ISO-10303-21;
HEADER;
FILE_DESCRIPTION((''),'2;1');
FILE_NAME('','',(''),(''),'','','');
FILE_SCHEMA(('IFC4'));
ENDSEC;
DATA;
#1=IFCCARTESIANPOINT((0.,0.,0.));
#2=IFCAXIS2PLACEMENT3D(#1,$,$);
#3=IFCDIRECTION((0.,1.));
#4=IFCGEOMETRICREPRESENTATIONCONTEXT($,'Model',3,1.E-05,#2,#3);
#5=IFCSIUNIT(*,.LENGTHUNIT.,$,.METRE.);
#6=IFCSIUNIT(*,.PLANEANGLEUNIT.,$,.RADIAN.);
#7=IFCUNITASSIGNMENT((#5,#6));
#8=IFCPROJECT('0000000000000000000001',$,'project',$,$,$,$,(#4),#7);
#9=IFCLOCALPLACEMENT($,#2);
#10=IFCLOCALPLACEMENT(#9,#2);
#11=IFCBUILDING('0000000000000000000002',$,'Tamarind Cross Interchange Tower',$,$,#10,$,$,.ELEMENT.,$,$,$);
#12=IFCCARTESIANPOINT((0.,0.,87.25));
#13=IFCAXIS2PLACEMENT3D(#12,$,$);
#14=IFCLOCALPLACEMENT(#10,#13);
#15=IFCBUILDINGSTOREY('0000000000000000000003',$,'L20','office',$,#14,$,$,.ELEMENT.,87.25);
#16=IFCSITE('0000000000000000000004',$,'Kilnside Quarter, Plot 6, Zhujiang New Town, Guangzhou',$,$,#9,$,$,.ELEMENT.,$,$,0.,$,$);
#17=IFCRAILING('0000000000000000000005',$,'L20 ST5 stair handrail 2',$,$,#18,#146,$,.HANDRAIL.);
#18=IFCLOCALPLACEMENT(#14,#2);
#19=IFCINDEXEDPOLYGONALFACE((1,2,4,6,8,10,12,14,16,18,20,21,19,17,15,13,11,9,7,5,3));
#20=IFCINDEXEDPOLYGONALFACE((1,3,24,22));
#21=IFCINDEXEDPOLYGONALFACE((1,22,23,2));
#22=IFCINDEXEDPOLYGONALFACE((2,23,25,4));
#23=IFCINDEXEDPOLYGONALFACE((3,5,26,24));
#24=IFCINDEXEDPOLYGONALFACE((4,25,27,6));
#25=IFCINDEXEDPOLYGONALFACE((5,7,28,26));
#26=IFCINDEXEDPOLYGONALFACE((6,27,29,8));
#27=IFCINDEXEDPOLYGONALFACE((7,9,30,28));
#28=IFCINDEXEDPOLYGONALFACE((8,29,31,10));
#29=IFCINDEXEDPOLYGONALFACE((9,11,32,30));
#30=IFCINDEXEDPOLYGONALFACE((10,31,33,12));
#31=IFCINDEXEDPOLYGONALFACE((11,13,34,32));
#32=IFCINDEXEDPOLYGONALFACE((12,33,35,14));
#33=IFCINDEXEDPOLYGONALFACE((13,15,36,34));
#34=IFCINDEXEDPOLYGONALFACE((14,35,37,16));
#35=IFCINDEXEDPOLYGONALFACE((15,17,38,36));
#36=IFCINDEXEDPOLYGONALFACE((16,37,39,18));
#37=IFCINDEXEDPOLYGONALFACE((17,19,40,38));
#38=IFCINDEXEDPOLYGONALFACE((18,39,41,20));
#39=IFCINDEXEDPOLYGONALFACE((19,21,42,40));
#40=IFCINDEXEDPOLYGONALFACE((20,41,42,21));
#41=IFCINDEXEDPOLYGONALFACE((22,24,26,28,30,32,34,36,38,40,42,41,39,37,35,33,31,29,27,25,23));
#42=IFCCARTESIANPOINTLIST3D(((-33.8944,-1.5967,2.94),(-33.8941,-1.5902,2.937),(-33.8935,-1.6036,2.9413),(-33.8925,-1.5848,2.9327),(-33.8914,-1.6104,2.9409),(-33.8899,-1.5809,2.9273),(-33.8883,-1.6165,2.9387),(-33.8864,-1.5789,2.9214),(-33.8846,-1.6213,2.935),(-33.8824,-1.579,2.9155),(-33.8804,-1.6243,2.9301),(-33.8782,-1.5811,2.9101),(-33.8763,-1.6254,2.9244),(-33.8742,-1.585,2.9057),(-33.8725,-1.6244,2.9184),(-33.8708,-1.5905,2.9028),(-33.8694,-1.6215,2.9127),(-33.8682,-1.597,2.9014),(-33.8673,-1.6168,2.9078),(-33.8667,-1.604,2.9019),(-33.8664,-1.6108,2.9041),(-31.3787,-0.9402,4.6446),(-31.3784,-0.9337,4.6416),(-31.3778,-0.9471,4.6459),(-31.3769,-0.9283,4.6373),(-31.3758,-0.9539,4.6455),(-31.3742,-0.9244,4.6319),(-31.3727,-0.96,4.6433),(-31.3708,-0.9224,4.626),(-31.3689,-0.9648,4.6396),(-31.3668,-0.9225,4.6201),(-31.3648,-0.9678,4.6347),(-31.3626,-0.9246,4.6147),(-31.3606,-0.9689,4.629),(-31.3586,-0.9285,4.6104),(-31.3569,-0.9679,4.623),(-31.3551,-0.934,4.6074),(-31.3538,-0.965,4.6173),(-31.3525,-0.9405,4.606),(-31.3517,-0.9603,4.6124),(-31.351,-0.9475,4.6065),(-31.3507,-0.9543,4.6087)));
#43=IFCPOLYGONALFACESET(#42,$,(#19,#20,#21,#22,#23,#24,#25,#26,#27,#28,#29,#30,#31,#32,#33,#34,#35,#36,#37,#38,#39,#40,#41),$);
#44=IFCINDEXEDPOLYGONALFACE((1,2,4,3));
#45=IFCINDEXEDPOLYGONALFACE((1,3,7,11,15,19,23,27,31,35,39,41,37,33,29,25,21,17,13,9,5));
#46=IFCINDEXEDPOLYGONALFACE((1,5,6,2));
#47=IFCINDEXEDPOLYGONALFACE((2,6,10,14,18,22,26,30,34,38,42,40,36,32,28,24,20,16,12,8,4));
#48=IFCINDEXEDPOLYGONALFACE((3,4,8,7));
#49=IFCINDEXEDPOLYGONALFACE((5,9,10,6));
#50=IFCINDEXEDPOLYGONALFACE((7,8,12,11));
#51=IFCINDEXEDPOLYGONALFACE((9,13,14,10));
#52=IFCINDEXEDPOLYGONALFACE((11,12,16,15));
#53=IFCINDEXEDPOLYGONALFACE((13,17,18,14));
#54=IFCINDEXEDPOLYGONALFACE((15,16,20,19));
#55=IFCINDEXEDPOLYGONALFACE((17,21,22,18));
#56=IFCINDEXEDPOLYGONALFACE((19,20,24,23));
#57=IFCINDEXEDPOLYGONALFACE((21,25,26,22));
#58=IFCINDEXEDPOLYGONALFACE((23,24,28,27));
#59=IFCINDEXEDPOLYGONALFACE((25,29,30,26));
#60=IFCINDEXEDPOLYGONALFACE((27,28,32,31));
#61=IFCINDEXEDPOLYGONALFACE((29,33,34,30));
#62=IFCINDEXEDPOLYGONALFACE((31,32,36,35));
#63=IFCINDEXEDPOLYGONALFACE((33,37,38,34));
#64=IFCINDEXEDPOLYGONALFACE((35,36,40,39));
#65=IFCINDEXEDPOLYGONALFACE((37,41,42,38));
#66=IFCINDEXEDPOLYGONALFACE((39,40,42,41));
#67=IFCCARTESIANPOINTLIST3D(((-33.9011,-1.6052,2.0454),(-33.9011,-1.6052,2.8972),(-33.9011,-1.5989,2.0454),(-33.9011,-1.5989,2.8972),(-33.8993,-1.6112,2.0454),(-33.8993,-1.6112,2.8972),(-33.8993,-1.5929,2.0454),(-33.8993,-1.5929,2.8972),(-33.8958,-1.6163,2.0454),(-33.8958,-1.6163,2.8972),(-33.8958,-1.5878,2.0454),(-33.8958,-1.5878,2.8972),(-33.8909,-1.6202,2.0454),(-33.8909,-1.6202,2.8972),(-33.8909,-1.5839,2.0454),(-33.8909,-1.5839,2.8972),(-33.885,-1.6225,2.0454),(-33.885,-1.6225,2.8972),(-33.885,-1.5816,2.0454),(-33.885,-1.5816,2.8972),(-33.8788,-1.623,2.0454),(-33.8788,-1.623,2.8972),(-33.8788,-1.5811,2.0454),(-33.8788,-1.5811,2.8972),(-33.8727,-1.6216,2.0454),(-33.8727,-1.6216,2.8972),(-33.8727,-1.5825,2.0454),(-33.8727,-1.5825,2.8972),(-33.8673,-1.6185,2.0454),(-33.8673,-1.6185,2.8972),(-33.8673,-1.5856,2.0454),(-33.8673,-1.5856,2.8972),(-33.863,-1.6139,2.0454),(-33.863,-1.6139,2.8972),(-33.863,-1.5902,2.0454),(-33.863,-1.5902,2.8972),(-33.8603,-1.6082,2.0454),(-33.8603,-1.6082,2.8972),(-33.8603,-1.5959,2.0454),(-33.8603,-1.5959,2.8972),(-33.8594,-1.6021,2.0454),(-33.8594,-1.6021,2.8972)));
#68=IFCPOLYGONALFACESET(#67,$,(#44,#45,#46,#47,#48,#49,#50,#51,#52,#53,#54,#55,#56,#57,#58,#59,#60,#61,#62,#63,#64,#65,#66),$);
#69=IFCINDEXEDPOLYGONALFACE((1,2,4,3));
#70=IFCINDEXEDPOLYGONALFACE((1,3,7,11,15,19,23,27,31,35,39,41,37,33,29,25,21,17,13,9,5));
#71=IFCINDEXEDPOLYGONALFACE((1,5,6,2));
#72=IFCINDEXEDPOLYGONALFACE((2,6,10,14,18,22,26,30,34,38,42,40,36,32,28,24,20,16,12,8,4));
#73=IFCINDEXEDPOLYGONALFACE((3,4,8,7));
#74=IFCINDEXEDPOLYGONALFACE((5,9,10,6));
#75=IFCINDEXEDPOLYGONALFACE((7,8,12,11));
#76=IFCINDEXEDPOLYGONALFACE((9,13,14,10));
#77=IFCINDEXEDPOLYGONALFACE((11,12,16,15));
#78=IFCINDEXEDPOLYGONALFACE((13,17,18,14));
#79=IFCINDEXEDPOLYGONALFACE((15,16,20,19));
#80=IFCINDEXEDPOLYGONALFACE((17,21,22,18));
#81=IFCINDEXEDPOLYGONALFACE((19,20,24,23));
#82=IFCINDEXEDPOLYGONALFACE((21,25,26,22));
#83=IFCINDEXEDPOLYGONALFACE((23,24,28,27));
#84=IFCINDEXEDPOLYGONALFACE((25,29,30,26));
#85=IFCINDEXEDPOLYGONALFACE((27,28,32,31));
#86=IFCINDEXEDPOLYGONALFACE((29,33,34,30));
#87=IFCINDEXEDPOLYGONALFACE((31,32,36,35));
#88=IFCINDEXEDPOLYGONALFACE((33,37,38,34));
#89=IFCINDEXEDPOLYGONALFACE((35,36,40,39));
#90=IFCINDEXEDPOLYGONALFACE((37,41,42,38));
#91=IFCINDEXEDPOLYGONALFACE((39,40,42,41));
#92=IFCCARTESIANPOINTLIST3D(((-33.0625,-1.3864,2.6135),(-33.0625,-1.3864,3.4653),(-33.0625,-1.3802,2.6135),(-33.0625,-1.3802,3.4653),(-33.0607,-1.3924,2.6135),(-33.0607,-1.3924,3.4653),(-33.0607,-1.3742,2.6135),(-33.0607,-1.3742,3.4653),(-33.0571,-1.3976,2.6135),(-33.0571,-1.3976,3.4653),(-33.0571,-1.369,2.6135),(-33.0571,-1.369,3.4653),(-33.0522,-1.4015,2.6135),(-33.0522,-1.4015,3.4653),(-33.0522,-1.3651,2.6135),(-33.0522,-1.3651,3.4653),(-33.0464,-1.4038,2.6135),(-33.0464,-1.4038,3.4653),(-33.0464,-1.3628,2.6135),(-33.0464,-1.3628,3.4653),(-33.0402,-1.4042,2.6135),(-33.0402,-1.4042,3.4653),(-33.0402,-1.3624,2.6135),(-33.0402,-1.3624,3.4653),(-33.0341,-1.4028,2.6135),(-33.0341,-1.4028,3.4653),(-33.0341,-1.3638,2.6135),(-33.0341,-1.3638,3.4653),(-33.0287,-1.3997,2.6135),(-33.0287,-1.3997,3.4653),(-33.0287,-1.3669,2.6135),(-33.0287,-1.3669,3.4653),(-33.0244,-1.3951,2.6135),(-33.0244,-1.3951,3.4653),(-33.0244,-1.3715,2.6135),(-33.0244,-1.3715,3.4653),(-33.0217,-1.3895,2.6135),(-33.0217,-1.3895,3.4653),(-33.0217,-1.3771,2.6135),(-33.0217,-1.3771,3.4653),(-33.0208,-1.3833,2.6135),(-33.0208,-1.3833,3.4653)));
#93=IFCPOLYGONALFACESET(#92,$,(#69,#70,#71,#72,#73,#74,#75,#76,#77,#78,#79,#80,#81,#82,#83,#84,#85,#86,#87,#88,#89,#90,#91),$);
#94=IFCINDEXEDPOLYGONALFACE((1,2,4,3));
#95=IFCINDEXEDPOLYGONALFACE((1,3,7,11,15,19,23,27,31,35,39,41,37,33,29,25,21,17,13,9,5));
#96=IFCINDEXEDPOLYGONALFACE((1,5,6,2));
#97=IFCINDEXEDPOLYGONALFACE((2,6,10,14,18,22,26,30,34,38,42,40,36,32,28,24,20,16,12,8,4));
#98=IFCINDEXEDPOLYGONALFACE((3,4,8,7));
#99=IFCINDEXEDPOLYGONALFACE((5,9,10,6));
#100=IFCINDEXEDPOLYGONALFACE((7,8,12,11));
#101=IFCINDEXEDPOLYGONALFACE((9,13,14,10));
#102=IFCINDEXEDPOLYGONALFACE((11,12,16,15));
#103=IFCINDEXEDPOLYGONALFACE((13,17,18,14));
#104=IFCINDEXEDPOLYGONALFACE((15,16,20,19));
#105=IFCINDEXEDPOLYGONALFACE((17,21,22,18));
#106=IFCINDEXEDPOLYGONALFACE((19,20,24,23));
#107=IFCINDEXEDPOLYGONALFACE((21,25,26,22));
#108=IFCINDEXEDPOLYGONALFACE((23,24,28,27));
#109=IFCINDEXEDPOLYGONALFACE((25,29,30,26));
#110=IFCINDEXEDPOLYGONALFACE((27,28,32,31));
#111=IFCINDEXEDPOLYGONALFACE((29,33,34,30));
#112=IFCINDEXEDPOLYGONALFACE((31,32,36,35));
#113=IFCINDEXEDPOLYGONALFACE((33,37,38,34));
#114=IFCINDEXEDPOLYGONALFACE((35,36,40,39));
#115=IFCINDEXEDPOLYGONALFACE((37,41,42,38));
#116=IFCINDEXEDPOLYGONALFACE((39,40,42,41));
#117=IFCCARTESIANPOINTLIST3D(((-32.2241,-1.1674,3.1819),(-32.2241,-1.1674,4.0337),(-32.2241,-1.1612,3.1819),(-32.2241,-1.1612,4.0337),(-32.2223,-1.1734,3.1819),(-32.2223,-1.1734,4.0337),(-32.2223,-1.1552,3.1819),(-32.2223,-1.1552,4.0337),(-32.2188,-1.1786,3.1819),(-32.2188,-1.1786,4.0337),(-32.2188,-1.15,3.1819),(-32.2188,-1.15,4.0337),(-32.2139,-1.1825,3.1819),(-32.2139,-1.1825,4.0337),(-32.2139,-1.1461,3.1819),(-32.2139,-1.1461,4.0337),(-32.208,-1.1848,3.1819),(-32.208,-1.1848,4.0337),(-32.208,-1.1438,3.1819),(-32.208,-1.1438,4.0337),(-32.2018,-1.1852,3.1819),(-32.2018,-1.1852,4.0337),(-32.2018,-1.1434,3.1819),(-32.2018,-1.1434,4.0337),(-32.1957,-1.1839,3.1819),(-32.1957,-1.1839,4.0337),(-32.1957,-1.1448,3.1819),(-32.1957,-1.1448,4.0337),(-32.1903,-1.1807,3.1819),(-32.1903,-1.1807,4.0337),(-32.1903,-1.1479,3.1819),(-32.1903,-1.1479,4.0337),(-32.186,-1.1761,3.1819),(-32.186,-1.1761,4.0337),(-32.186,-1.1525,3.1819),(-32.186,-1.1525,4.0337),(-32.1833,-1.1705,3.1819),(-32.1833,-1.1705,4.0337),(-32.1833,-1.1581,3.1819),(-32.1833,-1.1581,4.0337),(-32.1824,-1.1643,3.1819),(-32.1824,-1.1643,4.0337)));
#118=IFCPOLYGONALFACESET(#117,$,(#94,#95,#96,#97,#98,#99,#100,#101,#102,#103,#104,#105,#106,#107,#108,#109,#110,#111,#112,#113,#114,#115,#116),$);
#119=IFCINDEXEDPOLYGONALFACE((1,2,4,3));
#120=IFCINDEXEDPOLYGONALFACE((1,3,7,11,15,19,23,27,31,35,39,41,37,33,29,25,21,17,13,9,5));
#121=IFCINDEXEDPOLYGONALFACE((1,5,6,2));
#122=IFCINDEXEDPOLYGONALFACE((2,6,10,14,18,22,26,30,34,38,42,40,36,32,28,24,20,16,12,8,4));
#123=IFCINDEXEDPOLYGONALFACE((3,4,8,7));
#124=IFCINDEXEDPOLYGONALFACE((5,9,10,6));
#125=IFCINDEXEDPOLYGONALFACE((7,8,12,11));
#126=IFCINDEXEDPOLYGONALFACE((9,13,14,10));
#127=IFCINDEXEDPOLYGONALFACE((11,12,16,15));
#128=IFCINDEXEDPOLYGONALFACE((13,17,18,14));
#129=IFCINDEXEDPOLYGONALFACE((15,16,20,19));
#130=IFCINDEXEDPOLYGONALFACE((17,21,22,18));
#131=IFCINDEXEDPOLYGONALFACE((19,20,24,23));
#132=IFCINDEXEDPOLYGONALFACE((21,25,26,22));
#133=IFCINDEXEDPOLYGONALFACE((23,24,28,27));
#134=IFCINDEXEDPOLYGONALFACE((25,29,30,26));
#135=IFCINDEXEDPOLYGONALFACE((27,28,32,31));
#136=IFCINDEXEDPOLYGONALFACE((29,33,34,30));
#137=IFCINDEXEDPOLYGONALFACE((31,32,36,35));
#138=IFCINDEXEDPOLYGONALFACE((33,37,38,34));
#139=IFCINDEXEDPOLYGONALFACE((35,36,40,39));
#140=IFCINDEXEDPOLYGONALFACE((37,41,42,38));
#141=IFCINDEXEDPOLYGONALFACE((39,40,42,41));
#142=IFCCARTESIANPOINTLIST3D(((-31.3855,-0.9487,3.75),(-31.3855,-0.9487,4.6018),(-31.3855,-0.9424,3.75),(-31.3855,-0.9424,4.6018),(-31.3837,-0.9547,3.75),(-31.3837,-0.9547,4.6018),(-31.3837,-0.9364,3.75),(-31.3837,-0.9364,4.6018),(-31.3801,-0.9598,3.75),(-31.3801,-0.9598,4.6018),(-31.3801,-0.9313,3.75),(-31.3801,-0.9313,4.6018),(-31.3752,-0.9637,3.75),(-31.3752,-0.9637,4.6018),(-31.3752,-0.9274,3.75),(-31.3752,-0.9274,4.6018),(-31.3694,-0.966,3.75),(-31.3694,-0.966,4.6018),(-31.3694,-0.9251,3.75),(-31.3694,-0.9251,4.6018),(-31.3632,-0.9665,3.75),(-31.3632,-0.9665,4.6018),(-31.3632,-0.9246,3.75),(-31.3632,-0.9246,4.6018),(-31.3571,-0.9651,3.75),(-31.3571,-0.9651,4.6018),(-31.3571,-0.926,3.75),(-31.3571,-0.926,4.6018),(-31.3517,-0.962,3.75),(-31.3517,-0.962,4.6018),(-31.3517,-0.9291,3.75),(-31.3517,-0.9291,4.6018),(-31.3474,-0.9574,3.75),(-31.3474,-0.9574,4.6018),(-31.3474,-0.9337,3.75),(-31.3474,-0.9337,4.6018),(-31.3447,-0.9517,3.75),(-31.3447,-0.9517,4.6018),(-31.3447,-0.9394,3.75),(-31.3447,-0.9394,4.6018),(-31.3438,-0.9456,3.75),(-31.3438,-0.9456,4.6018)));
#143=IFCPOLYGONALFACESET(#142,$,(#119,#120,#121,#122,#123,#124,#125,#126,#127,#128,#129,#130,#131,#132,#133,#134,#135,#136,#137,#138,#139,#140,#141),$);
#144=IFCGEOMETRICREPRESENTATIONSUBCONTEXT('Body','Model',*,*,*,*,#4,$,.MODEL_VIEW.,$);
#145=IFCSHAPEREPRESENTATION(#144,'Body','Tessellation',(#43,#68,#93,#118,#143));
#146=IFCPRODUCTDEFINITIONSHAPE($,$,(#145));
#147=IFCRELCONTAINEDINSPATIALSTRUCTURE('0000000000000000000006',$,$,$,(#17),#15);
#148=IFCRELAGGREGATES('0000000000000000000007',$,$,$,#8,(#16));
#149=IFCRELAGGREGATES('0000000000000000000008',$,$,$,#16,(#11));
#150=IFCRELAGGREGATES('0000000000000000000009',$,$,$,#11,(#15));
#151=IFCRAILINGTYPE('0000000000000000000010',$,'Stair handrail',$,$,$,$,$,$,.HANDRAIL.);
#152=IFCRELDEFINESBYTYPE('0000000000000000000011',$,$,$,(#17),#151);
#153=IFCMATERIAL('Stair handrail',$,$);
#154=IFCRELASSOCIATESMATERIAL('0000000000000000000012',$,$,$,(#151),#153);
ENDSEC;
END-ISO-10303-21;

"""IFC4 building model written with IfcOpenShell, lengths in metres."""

from ifc_helpers import new_model, si_unit, direction, frame, origin, origin_2d, place, context, subcontext, project, spatial, circle, extrude, material, type_object, element, save


model = new_model("IFC4")

# Units and contexts
model_context = context("Model", 3, precision=1e-05, world=origin(), true_north=direction((0.0, 1.0)))
body_context = subcontext(model_context, "Body", "Model", "MODEL_VIEW")
ifc_project = project(units=[si_unit("LENGTHUNIT", "METRE"), si_unit("PLANEANGLEUNIT", "RADIAN")], contexts=[model_context])

# Site, building, storey
site_placement = place(None, origin())
site = spatial("IfcSite", under=ifc_project, at=site_placement, Name="Kilnside Quarter, Plot 6, Zhujiang New Town, Guangzhou", CompositionType="ELEMENT", RefElevation=0.0)
building_placement = place(site_placement, origin())
building = spatial("IfcBuilding", under=site, at=building_placement, Name="Tamarind Cross Interchange Tower", CompositionType="ELEMENT")
storey_placement = place(building_placement, frame((0.0, 0.0, 87.25)))
storey = spatial("IfcBuildingStorey", under=building, at=storey_placement, Name="L20", Description="office", CompositionType="ELEMENT", Elevation=87.25)

# Railing
ifc_material_1 = material(Name="Stair handrail")
railing_type_1 = type_object("IfcRailingType", Name="Stair handrail", PredefinedType="HANDRAIL", material=ifc_material_1)
railing_1_placement = place(storey_placement, frame((-33.8804, -1.6021, 2.0454)))
element("IfcRailing", 1, at=railing_1_placement, inside=storey, type_object=railing_type_1, Name="L20 ST5 stair handrail 2", PredefinedType="HANDRAIL", context=body_context, shape_type="SweptSolid", body=[
    extrude(circle(Radius=0.0239, at=origin_2d()), frame((0.0, 0.0, 0.876), z_axis=(0.809181, 0.211169, 0.548301), x_axis=(-0.25251, 0.967594, 0.0)), (0.0, 0.0, 1.0), 3.1089),
    extrude(circle(Radius=0.021, at=origin_2d()), origin(), (0.0, 0.0, 1.0), 0.8518),
    extrude(circle(Radius=0.021, at=origin_2d()), frame((0.8386, 0.2188, 0.5681)), (0.0, 0.0, 1.0), 0.8518),
    extrude(circle(Radius=0.021, at=origin_2d()), frame((1.677, 0.4377, 1.1365)), (0.0, 0.0, 1.0), 0.8518),
    extrude(circle(Radius=0.021, at=origin_2d()), frame((2.5156, 0.6565, 1.7046)), (0.0, 0.0, 1.0), 0.8518),
])

save(model, "model.ifc")
